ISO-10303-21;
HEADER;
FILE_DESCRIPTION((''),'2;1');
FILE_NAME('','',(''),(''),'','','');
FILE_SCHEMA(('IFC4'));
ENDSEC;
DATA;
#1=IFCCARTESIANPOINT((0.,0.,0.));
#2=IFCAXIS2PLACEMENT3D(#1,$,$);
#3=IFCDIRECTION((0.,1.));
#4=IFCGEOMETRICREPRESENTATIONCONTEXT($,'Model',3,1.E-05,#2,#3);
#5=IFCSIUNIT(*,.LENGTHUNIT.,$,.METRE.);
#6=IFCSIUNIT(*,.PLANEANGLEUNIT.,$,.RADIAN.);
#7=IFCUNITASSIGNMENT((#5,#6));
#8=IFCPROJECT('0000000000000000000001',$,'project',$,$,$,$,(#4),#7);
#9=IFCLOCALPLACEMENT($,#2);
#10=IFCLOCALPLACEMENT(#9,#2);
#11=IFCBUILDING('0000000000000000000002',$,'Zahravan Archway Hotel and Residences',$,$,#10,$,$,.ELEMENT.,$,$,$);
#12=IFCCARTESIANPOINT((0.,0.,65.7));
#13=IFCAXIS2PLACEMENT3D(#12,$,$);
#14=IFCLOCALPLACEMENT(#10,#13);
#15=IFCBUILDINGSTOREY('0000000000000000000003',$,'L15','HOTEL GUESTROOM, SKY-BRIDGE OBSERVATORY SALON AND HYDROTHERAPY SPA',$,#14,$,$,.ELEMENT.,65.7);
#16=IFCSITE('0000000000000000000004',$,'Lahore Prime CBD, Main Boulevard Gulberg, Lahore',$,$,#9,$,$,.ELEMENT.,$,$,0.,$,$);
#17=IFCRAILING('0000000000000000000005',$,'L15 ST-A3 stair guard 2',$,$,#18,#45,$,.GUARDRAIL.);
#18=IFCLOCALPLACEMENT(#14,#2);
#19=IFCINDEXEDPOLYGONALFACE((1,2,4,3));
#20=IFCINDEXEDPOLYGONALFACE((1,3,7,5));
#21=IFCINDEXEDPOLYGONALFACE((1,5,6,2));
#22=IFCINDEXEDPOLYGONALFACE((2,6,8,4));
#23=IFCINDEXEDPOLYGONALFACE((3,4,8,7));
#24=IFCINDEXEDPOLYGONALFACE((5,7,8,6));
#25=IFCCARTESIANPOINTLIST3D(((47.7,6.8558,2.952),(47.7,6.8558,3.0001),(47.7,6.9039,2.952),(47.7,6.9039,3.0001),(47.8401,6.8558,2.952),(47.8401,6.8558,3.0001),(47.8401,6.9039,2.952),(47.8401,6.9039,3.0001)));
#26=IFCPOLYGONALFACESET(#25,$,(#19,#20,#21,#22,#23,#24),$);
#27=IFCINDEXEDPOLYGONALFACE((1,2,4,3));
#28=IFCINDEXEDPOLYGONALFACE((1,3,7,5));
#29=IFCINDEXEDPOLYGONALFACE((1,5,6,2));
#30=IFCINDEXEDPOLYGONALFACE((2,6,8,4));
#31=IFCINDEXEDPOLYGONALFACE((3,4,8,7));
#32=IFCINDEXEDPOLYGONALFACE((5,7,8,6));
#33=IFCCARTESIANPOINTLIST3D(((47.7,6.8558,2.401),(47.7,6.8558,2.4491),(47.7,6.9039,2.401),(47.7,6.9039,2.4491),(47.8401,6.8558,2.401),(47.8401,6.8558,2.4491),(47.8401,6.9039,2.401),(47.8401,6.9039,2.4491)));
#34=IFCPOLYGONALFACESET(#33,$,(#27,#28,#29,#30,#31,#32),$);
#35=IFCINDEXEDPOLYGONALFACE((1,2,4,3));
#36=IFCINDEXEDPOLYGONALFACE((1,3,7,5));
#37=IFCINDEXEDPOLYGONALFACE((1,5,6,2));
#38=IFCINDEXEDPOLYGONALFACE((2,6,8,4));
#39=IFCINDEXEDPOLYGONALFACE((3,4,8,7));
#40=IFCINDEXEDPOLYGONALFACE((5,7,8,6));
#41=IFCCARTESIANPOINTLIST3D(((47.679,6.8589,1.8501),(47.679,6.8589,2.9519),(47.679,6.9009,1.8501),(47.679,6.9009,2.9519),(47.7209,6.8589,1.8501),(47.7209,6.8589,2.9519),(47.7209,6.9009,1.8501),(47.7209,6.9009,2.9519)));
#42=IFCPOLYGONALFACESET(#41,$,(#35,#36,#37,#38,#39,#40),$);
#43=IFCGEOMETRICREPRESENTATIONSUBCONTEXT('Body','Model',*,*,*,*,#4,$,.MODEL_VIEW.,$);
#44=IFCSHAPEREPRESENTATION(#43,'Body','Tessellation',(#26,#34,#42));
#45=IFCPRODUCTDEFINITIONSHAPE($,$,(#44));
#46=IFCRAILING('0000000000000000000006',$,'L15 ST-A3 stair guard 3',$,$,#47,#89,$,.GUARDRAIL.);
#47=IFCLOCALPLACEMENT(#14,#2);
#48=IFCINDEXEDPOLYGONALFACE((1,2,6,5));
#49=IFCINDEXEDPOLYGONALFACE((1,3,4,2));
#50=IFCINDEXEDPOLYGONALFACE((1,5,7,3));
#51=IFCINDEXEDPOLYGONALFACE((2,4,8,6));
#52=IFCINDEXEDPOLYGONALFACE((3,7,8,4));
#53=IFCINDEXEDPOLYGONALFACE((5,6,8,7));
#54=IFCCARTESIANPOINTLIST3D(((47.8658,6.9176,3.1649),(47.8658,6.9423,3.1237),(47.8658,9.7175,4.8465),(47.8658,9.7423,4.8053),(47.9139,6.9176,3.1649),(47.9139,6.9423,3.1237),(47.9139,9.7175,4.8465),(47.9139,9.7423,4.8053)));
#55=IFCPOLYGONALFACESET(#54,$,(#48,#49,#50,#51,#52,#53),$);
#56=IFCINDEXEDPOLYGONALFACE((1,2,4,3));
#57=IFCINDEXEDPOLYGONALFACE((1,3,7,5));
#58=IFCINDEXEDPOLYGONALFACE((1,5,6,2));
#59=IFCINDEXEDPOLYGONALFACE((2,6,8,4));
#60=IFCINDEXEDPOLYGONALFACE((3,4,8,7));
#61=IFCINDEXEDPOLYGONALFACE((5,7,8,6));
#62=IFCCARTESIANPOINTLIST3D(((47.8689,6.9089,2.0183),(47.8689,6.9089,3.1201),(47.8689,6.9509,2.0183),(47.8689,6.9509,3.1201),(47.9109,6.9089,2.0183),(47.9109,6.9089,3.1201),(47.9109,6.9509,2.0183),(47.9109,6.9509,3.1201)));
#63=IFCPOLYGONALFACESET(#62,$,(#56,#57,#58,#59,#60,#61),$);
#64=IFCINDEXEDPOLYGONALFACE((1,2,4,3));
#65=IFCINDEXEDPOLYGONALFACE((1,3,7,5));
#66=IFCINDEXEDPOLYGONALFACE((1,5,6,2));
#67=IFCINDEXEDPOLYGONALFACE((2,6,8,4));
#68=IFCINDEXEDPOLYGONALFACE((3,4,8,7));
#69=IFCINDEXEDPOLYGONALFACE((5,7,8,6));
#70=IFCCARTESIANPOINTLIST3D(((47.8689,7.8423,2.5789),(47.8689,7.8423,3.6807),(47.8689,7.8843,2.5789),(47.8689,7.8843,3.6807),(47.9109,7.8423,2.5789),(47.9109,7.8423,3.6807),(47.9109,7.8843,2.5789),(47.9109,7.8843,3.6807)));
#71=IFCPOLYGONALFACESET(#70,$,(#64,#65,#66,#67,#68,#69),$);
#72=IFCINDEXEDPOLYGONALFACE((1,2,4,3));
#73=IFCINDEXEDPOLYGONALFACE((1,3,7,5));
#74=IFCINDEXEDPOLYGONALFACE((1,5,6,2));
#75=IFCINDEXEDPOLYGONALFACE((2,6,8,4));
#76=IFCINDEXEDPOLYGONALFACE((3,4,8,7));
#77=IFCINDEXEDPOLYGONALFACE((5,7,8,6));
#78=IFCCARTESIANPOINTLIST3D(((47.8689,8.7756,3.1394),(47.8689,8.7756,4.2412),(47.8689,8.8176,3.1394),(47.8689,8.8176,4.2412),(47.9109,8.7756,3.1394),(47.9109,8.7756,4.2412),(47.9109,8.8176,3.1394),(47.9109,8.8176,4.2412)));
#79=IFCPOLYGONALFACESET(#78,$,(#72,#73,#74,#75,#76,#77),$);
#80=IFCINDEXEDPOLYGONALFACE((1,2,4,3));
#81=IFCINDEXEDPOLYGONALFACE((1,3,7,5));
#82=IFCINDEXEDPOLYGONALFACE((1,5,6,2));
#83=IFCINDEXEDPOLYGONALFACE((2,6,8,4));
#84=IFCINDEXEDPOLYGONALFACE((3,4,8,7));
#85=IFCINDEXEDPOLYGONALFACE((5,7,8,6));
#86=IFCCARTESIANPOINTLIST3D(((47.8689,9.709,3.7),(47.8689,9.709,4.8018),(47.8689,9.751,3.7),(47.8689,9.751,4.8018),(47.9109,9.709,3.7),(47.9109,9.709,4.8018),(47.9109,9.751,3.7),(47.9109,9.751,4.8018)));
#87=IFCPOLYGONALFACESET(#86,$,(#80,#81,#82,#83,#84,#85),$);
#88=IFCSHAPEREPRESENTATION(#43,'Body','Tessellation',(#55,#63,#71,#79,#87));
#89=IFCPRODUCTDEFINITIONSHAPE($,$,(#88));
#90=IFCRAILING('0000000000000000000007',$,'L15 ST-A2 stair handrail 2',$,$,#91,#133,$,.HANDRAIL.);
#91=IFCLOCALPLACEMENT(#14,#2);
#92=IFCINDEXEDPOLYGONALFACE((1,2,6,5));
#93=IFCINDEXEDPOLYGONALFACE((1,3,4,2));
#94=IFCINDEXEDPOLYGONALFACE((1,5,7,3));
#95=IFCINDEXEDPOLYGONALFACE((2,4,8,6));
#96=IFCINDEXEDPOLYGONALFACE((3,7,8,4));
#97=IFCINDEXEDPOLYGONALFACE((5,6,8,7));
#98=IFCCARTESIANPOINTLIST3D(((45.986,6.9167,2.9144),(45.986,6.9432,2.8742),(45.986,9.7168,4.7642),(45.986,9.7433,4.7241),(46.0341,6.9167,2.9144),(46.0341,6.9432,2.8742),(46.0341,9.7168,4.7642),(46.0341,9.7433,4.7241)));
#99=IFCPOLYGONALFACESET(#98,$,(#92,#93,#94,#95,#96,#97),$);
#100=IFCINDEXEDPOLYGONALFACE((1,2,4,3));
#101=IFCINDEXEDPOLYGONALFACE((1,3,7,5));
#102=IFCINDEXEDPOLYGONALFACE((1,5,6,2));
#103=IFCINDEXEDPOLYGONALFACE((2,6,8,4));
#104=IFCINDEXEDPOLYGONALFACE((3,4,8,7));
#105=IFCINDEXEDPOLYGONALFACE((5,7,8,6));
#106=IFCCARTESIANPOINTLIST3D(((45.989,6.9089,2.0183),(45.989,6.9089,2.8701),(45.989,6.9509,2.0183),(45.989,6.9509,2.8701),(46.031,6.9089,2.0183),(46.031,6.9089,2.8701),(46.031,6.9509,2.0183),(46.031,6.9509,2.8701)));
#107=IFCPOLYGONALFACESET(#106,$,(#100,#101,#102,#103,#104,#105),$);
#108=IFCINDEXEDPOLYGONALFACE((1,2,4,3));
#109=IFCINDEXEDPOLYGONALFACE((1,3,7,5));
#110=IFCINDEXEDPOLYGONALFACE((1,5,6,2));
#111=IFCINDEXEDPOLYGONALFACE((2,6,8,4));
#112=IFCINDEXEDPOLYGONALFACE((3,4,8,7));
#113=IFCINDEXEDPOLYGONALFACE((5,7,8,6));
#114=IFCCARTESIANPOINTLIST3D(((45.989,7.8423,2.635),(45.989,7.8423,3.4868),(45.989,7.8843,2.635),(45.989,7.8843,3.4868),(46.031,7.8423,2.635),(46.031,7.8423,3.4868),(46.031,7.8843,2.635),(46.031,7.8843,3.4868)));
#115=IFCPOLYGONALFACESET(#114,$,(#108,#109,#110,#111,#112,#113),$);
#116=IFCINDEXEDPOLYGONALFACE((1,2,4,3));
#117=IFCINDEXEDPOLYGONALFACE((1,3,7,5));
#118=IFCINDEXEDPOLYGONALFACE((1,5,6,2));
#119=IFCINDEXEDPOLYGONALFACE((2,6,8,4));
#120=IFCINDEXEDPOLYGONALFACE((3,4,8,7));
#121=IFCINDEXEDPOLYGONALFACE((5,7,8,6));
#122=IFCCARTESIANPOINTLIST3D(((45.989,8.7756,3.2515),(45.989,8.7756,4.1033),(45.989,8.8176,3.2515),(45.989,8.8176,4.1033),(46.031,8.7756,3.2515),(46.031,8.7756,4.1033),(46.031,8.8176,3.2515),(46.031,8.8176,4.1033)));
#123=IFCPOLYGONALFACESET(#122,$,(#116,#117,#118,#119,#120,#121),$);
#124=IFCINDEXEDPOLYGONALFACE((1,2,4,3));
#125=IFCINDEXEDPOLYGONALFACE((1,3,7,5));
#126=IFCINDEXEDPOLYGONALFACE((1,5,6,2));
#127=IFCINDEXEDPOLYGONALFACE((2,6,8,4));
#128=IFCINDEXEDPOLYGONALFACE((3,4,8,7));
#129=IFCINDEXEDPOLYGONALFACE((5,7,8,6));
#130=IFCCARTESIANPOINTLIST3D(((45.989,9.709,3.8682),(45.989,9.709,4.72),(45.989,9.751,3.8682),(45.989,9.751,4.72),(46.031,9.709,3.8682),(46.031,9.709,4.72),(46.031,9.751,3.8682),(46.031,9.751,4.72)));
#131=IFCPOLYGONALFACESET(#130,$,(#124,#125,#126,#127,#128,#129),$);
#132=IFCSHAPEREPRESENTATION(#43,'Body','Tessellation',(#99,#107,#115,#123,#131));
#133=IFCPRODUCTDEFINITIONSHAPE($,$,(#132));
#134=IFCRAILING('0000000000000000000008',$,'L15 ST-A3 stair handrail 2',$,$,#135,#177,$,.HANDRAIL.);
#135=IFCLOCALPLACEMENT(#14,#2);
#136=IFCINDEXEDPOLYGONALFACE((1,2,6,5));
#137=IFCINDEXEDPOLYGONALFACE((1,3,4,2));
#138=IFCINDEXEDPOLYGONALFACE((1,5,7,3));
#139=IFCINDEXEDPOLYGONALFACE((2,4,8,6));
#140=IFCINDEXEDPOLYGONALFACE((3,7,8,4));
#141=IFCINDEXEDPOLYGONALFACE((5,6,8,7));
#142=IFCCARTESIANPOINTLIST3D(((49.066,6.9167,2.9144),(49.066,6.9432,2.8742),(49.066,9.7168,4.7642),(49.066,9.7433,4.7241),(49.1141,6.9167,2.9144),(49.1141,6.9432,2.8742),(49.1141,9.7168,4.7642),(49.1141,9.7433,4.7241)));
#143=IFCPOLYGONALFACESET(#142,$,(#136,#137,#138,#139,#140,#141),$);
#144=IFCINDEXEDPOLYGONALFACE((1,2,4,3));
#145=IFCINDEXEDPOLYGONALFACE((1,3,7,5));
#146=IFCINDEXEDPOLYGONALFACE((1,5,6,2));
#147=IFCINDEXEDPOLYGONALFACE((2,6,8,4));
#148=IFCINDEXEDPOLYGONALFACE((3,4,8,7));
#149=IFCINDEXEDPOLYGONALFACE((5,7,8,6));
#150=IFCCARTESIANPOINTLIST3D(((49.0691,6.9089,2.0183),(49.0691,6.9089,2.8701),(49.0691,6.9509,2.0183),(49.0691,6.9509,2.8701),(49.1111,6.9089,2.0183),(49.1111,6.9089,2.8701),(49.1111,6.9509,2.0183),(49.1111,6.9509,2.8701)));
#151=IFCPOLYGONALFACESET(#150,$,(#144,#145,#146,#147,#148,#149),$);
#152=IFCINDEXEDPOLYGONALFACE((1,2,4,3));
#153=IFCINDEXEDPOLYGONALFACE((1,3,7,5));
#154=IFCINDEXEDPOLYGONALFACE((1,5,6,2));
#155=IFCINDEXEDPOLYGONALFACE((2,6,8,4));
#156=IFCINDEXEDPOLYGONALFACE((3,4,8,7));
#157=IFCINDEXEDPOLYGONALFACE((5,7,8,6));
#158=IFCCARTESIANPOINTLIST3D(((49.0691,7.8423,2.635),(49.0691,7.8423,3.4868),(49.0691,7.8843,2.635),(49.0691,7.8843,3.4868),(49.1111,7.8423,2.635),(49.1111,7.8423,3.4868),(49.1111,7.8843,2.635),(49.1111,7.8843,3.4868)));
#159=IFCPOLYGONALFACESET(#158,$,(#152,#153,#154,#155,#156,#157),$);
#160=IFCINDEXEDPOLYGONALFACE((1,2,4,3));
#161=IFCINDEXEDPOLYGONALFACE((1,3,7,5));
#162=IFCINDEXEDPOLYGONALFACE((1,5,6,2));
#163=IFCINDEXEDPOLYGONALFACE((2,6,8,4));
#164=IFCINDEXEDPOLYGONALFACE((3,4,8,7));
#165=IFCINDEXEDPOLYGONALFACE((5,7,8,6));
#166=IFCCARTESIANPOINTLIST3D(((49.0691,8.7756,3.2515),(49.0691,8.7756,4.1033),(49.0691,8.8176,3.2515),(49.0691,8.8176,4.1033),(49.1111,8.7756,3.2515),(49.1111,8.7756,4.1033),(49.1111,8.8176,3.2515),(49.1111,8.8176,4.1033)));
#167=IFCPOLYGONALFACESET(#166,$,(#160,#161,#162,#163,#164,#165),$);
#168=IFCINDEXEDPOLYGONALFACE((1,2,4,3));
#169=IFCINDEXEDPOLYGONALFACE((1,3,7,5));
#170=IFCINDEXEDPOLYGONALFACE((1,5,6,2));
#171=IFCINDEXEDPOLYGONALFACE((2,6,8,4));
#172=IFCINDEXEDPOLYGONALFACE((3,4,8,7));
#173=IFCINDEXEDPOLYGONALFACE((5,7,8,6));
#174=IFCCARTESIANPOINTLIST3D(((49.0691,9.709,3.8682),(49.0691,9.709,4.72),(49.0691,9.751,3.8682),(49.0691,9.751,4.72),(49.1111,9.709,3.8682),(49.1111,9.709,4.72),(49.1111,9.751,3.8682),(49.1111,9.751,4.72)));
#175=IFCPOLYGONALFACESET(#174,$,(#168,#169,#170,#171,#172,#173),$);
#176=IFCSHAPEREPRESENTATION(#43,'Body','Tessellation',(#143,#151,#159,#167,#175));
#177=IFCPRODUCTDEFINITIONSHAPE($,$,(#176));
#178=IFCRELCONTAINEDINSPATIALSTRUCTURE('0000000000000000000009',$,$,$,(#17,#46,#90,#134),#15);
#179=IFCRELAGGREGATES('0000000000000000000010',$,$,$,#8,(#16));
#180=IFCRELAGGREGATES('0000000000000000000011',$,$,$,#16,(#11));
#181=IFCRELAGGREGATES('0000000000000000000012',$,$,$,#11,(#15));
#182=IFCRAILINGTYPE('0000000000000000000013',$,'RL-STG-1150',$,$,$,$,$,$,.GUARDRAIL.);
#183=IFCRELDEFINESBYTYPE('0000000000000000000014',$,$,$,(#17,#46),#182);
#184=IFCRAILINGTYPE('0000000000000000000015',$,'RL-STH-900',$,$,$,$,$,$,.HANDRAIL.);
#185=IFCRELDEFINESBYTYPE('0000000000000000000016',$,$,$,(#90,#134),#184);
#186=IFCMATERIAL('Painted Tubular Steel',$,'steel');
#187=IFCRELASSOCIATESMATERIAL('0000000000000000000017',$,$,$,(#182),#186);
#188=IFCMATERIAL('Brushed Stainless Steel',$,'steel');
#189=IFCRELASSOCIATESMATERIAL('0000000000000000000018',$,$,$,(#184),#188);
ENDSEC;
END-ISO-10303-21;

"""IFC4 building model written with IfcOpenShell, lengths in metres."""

from ifc_helpers import new_model, si_unit, direction, frame, origin, origin_2d, place, context, subcontext, project, spatial, rectangle, extrude, material, type_object, element, save


model = new_model("IFC4")

# Units and contexts
model_context = context("Model", 3, precision=1e-05, world=origin(), true_north=direction((0.0, 1.0)))
body_context = subcontext(model_context, "Body", "Model", "MODEL_VIEW")
ifc_project = project(units=[si_unit("LENGTHUNIT", "METRE"), si_unit("PLANEANGLEUNIT", "RADIAN")], contexts=[model_context])

# Site, building, storey
site_placement = place(None, origin())
site = spatial("IfcSite", under=ifc_project, at=site_placement, Name="Lahore Prime CBD, Main Boulevard Gulberg, Lahore", CompositionType="ELEMENT", RefElevation=0.0)
building_placement = place(site_placement, origin())
building = spatial("IfcBuilding", under=site, at=building_placement, Name="Zahravan Archway Hotel and Residences", CompositionType="ELEMENT")
storey_placement = place(building_placement, frame((0.0, 0.0, 65.7)))
storey = spatial("IfcBuildingStorey", under=building, at=storey_placement, Name="L15", Description="HOTEL GUESTROOM, SKY-BRIDGE OBSERVATORY SALON AND HYDROTHERAPY SPA", CompositionType="ELEMENT", Elevation=65.7)

# Railings
ifc_material_1 = material(Name="Painted Tubular Steel", Category="steel")
railing_type_1 = type_object("IfcRailingType", Name="RL-STG-1150", PredefinedType="GUARDRAIL", material=ifc_material_1)
railing_1_placement = place(storey_placement, frame((47.7, 6.8799, 1.8501)))
element("IfcRailing", 1, at=railing_1_placement, inside=storey, type_object=railing_type_1, Name="L15 ST-A3 stair guard 2", PredefinedType="GUARDRAIL", context=body_context, shape_type="SweptSolid", body=[
    extrude(rectangle(XDim=0.0481, YDim=0.0481, at=origin_2d()), frame((0.0, 0.0, 1.126), z_axis=(1.0, 0.0, 0.0), x_axis=(0.0, 1.0, 0.0)), (0.0, 0.0, 1.0), 0.1401),
    extrude(rectangle(XDim=0.0481, YDim=0.0481, at=origin_2d()), frame((0.0, 0.0, 0.575), z_axis=(1.0, 0.0, 0.0), x_axis=(0.0, 1.0, 0.0)), (0.0, 0.0, 1.0), 0.1401),
    extrude(rectangle(XDim=0.042, YDim=0.042, at=origin_2d()), origin(), (0.0, 0.0, 1.0), 1.1018),
])
railing_2_placement = place(storey_placement, frame((47.8899, 6.9299, 2.0183)))
element("IfcRailing", 2, at=railing_2_placement, inside=storey, type_object=railing_type_1, Name="L15 ST-A3 stair guard 3", PredefinedType="GUARDRAIL", context=body_context, shape_type="SweptSolid", body=[
    extrude(rectangle(XDim=0.0481, YDim=0.0481, at=origin_2d()), frame((0.0, 0.0, 1.126), z_axis=(0.0, 0.857275, 0.514858), x_axis=(-1.0, 0.0, 0.0)), (0.0, 0.0, 1.0), 3.2661),
    extrude(rectangle(XDim=0.042, YDim=0.042, at=origin_2d()), origin(), (0.0, 0.0, 1.0), 1.1018),
    extrude(rectangle(XDim=0.042, YDim=0.042, at=origin_2d()), frame((0.0, 0.9333, 0.5605)), (0.0, 0.0, 1.0), 1.1018),
    extrude(rectangle(XDim=0.042, YDim=0.042, at=origin_2d()), frame((0.0, 1.8667, 1.1211)), (0.0, 0.0, 1.0), 1.1018),
    extrude(rectangle(XDim=0.042, YDim=0.042, at=origin_2d()), frame((0.0, 2.8, 1.6816)), (0.0, 0.0, 1.0), 1.1018),
])
ifc_material_2 = material(Name="Brushed Stainless Steel", Category="steel")
railing_type_2 = type_object("IfcRailingType", Name="RL-STH-900", PredefinedType="HANDRAIL", material=ifc_material_2)
for number, where, name in (
    (3, (46.01, 6.9299, 2.0183), "L15 ST-A2 stair handrail 2"),
    (4, (49.0901, 6.9299, 2.0183), "L15 ST-A3 stair handrail 2"),
):
    element("IfcRailing", number, at=place(storey_placement, frame(where)), inside=storey, type_object=railing_type_2, Name=name, PredefinedType="HANDRAIL", context=body_context, shape_type="SweptSolid", body=[
        extrude(rectangle(XDim=0.0481, YDim=0.0481, at=origin_2d()), frame((0.0, 0.0, 0.876), z_axis=(0.0, 0.83436, 0.55122), x_axis=(-1.0, 0.0, 0.0)), (0.0, 0.0, 1.0), 3.356),
        extrude(rectangle(XDim=0.042, YDim=0.042, at=origin_2d()), origin(), (0.0, 0.0, 1.0), 0.8518),
        extrude(rectangle(XDim=0.042, YDim=0.042, at=origin_2d()), frame((0.0, 0.9333, 0.6167)), (0.0, 0.0, 1.0), 0.8518),
        extrude(rectangle(XDim=0.042, YDim=0.042, at=origin_2d()), frame((0.0, 1.8667, 1.2332)), (0.0, 0.0, 1.0), 0.8518),
        extrude(rectangle(XDim=0.042, YDim=0.042, at=origin_2d()), frame((0.0, 2.8, 1.8499)), (0.0, 0.0, 1.0), 0.8518),
    ])

save(model, "model.ifc")
